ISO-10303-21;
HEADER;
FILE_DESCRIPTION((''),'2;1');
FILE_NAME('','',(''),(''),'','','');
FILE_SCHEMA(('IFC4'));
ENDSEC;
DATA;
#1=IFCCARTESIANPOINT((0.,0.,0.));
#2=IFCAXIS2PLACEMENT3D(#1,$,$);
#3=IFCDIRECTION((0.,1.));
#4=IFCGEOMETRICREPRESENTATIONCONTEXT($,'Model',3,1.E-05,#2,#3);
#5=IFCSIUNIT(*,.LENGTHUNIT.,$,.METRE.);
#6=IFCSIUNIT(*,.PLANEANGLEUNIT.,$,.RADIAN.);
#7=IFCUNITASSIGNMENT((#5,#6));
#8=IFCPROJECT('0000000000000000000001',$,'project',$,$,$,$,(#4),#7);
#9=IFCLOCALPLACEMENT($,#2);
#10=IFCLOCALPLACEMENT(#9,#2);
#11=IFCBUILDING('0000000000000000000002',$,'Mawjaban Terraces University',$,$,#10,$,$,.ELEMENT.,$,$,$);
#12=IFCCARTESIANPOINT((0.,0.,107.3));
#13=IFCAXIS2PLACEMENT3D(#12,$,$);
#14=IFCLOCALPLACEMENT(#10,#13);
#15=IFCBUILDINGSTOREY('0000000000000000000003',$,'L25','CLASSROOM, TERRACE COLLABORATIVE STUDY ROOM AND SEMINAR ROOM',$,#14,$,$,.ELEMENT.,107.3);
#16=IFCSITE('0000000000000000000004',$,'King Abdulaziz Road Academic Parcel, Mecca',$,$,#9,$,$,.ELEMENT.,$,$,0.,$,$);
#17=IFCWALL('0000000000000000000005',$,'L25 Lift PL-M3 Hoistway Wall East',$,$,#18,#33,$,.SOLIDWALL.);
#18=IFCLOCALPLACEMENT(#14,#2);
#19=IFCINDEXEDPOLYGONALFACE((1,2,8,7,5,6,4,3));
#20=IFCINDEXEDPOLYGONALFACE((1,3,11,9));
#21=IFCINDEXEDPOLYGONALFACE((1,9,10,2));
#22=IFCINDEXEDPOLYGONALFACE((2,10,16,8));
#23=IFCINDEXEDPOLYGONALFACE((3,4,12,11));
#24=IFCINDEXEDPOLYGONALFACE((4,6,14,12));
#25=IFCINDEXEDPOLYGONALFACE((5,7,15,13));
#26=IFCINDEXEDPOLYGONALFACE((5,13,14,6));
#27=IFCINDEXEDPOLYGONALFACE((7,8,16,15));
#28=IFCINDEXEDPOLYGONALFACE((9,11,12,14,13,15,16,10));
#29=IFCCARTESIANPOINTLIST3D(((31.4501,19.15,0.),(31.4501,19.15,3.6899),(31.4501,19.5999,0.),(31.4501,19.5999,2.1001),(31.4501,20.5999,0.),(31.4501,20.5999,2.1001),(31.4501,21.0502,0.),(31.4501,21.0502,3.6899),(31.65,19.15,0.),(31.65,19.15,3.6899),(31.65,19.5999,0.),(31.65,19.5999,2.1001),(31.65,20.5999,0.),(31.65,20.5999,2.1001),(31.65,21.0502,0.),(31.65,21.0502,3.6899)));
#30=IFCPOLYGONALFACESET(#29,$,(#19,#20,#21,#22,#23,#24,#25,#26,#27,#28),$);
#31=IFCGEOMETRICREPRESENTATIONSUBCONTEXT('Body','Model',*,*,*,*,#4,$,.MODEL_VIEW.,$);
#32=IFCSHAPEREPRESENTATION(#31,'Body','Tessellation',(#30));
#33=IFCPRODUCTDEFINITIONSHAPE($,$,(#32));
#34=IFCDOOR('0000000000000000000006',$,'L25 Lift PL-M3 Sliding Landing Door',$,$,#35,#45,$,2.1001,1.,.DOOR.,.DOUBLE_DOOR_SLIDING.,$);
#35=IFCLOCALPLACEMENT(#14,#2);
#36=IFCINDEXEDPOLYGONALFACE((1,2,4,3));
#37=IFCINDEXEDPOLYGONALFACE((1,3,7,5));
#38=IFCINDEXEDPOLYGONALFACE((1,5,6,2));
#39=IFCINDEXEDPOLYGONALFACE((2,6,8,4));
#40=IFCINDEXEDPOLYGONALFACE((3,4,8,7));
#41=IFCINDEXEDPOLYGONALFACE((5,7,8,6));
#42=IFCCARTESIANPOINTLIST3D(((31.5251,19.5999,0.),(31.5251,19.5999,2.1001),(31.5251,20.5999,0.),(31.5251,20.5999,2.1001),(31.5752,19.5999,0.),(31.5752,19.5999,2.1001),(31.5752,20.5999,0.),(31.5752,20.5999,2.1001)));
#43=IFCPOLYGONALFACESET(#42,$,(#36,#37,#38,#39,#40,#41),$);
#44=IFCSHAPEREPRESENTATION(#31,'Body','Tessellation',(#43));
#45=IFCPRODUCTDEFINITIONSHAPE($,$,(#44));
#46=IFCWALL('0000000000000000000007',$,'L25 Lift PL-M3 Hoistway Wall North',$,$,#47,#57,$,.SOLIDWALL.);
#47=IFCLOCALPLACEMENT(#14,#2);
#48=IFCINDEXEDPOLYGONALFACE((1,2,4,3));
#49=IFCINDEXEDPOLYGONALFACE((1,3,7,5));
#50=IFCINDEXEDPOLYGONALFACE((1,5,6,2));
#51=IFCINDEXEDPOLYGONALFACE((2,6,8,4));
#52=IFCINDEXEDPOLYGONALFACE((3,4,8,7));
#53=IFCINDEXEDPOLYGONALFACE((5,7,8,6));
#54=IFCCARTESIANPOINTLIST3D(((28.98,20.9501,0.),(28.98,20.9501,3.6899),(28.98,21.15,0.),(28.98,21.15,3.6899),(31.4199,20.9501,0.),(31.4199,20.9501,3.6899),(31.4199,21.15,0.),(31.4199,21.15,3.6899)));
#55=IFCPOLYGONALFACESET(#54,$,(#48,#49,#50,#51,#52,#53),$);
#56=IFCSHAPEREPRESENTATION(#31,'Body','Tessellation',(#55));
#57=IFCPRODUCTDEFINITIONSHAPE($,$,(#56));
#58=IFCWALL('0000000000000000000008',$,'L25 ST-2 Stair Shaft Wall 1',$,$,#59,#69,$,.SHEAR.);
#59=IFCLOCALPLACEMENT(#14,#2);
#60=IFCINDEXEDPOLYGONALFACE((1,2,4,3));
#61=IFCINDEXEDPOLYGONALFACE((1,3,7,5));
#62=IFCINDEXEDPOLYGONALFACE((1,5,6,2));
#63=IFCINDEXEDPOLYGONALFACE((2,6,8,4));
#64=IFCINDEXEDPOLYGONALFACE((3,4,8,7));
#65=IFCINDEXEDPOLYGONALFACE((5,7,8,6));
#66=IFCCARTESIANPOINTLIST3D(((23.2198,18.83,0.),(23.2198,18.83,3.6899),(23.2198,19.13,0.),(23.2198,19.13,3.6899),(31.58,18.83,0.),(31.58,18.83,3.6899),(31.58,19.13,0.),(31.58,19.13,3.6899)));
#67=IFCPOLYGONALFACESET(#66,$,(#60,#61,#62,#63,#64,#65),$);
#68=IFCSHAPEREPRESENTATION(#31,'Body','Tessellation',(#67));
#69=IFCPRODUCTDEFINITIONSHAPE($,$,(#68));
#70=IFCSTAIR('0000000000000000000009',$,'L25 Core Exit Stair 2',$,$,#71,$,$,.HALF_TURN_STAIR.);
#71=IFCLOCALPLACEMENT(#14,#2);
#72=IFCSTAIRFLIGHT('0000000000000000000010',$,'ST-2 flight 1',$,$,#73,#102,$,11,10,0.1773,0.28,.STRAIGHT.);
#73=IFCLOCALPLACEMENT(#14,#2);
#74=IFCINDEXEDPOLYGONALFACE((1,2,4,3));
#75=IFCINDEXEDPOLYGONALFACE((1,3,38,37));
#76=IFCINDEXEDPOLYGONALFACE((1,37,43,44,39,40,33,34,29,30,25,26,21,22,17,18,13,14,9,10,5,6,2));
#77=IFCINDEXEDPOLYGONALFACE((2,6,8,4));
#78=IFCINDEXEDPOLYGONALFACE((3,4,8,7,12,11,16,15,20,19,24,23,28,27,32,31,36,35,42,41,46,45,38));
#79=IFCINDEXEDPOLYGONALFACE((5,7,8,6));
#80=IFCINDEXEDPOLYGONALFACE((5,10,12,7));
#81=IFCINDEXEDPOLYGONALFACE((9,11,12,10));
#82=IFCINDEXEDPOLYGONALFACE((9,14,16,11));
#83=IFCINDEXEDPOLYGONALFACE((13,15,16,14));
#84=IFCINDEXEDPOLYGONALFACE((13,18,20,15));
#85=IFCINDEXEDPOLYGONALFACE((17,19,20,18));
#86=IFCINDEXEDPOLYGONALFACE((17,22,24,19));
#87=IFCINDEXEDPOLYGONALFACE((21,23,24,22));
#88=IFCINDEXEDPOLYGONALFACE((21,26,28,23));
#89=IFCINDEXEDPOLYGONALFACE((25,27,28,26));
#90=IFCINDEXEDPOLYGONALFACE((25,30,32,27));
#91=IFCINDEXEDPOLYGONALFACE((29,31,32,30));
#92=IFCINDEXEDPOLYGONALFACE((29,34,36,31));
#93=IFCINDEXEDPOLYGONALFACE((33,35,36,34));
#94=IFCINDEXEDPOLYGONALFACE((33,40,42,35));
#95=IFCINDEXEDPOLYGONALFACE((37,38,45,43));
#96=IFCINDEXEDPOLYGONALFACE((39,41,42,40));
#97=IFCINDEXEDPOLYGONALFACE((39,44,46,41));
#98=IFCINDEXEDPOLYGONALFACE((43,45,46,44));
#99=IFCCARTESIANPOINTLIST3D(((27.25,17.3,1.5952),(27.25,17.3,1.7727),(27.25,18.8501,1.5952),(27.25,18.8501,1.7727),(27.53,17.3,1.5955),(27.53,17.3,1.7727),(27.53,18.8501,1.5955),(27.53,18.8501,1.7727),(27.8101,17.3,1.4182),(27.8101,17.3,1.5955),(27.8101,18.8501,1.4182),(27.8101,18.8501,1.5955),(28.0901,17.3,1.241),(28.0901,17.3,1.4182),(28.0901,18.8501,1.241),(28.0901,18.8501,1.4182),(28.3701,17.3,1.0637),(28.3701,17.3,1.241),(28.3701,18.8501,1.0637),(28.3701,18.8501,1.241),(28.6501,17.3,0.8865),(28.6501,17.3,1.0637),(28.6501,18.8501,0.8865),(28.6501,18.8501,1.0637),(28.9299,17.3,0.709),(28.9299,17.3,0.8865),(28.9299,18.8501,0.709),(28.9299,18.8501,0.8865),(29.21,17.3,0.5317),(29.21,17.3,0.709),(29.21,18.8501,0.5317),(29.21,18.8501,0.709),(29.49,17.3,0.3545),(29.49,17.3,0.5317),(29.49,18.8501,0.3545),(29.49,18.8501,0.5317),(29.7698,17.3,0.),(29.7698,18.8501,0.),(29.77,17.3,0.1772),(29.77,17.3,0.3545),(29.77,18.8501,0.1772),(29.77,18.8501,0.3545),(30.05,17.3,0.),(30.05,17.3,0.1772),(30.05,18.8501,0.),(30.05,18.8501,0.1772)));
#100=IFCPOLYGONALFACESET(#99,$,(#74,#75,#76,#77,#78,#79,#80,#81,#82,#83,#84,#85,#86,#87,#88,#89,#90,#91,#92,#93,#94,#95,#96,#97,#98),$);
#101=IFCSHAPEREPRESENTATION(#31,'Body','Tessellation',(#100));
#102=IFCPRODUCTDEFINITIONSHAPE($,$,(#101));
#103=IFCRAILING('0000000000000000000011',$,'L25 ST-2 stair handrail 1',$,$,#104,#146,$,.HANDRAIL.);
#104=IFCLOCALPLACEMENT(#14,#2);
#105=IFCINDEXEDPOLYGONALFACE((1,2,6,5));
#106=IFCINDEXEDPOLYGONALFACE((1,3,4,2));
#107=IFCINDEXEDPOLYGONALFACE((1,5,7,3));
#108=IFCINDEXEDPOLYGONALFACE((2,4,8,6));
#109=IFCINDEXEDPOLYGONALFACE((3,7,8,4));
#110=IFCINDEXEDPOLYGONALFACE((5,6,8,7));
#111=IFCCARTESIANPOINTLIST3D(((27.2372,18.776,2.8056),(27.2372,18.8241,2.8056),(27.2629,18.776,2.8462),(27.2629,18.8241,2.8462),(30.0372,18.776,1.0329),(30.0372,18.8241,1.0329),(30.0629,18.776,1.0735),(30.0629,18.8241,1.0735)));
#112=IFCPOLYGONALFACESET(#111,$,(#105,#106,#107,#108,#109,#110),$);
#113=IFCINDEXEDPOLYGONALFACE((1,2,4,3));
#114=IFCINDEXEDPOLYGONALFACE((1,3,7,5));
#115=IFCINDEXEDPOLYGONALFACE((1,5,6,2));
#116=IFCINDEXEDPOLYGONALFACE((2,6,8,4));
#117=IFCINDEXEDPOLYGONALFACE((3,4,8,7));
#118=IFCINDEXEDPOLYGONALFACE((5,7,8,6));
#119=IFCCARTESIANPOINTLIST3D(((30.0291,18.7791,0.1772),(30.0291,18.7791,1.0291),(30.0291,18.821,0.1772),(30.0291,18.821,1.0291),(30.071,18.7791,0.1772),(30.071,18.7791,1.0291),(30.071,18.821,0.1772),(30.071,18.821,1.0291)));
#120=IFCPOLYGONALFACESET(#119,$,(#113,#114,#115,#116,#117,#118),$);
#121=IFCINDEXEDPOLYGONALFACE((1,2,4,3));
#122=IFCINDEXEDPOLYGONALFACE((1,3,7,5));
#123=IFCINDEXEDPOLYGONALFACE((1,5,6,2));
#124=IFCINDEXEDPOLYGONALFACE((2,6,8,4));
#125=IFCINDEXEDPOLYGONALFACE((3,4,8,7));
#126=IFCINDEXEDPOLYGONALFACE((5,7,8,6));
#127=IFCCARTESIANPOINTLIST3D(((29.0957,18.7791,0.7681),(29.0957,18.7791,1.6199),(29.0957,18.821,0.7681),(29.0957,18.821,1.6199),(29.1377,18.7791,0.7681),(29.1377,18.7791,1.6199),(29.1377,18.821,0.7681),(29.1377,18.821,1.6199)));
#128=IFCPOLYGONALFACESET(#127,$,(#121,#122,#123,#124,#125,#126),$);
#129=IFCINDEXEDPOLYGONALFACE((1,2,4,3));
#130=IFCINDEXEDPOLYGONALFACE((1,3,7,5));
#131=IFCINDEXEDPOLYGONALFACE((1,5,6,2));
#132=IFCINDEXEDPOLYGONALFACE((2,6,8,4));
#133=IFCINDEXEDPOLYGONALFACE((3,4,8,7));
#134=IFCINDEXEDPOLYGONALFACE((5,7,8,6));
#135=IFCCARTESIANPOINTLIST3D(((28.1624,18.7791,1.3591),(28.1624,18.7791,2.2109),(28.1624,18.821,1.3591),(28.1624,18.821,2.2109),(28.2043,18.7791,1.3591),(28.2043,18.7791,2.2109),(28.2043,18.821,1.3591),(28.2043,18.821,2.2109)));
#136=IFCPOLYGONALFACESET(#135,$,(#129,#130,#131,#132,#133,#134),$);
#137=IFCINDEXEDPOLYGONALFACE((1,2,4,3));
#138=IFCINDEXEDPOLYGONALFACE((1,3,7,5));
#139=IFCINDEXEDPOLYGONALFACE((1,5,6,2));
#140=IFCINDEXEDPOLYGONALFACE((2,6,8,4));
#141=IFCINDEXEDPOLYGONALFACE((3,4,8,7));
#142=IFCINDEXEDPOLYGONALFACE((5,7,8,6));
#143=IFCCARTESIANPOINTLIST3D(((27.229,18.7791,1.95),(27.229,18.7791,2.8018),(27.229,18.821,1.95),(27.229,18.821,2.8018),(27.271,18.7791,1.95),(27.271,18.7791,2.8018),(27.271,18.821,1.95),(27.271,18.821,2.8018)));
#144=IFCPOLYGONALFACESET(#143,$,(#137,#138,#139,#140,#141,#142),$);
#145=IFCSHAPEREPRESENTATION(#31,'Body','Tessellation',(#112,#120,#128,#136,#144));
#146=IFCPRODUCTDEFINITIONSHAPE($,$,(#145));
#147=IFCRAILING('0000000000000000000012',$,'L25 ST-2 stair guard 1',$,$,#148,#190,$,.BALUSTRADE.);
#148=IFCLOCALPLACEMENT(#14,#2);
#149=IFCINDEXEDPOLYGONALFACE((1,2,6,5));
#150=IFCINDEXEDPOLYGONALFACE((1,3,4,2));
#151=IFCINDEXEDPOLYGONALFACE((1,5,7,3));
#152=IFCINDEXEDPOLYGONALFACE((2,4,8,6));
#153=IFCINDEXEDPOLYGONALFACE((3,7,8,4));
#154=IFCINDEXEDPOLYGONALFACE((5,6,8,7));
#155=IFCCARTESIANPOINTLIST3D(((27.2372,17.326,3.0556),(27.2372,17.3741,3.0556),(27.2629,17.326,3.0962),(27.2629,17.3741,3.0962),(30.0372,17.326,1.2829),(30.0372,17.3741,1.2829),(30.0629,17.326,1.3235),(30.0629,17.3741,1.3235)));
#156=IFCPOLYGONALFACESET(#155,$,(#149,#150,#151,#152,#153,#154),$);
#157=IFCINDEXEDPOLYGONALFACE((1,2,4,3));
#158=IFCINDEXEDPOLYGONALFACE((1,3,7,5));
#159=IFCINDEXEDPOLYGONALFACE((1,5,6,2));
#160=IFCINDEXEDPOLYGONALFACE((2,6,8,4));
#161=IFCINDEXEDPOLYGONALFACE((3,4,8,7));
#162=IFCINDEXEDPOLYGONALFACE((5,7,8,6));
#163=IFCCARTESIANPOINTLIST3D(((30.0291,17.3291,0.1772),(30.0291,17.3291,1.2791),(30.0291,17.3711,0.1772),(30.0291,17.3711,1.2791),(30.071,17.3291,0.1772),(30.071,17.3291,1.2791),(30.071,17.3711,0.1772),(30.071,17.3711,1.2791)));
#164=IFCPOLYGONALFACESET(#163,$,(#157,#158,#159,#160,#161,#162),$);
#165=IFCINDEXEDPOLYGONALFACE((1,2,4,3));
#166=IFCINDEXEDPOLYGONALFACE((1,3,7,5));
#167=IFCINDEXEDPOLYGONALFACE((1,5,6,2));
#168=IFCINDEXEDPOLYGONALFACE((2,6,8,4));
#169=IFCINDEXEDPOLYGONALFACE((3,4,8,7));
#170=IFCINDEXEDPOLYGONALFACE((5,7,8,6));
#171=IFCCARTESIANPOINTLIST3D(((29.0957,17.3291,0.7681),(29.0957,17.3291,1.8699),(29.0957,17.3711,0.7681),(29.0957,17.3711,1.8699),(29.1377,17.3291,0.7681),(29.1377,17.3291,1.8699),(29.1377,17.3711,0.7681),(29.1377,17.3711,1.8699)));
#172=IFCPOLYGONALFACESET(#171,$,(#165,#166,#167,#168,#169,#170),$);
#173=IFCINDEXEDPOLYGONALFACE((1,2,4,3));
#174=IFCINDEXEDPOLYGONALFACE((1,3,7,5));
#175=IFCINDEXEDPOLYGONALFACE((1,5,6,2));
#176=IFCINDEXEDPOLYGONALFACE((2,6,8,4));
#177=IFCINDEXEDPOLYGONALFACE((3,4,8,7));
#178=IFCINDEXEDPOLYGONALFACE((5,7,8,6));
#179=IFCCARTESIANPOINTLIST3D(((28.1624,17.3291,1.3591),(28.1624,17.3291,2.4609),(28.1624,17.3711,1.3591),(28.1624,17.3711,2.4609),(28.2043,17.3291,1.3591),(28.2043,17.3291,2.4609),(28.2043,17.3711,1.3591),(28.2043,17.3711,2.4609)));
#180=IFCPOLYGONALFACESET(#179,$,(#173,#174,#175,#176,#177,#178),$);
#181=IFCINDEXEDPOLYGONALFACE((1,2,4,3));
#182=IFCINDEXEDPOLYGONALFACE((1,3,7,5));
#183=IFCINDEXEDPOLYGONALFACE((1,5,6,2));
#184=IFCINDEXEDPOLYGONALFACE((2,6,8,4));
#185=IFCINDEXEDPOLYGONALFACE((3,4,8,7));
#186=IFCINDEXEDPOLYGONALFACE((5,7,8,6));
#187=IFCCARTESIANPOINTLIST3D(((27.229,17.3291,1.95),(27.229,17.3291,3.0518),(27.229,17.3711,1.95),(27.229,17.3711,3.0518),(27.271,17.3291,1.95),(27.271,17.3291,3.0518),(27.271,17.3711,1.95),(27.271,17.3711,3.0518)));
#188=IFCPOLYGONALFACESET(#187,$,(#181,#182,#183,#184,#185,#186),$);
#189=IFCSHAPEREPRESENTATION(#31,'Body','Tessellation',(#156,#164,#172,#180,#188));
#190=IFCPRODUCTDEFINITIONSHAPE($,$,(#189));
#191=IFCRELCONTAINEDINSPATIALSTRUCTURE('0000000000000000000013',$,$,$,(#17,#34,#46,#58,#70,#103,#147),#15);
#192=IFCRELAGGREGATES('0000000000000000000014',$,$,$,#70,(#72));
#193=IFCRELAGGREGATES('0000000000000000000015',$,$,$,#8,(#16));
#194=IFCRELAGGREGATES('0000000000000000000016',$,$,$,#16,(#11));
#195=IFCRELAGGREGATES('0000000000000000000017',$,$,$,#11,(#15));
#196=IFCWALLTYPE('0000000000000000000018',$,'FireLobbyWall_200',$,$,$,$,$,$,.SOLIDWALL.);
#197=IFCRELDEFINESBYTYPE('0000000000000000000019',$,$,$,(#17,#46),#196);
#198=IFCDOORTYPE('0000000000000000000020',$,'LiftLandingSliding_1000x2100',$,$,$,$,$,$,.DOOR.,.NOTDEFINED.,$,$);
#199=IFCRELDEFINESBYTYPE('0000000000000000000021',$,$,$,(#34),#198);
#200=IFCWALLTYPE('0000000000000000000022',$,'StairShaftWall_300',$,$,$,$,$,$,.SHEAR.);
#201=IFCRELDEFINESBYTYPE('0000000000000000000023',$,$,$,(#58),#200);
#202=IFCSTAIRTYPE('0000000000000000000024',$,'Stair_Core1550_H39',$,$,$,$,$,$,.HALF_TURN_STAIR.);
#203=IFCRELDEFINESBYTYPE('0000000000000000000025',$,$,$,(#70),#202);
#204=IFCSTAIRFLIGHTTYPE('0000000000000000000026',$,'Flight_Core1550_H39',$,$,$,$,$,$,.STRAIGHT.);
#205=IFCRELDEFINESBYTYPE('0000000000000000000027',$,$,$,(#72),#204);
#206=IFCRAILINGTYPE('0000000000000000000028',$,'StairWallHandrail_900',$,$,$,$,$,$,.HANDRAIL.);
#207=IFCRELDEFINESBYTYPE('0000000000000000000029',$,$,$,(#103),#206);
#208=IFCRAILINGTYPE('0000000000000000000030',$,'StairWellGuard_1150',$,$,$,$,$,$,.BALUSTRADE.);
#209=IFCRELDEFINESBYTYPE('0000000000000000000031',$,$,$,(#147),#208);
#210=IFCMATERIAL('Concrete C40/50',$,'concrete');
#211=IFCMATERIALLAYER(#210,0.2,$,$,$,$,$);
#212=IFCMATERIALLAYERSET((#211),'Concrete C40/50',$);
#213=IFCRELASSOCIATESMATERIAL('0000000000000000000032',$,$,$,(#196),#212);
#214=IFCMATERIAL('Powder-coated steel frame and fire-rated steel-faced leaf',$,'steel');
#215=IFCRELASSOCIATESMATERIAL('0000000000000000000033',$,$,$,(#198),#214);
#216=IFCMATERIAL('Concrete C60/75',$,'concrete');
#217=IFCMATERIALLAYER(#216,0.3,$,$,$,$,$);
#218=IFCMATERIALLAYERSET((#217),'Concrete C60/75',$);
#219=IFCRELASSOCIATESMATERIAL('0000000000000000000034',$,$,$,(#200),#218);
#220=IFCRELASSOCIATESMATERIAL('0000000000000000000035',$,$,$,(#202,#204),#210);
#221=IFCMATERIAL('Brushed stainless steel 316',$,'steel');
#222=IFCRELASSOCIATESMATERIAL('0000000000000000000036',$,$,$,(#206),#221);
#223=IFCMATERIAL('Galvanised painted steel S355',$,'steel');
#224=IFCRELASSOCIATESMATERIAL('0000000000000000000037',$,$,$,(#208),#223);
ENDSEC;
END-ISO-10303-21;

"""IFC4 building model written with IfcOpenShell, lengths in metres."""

from ifc_helpers import new_model, si_unit, direction, frame, frame_2d, origin, origin_2d, place, context, subcontext, project, spatial, polyline, rectangle, outline, extrude, material, layer, layer_set, type_object, element, fill, aggregate, save


model = new_model("IFC4")

# Units and contexts
model_context = context("Model", 3, precision=1e-05, world=origin(), true_north=direction((0.0, 1.0)))
body_context = subcontext(model_context, "Body", "Model", "MODEL_VIEW")
ifc_project = project(units=[si_unit("LENGTHUNIT", "METRE"), si_unit("PLANEANGLEUNIT", "RADIAN")], contexts=[model_context])

# Site, building, storey
site_placement = place(None, origin())
site = spatial("IfcSite", under=ifc_project, at=site_placement, Name="King Abdulaziz Road Academic Parcel, Mecca", CompositionType="ELEMENT", RefElevation=0.0)
building_placement = place(site_placement, origin())
building = spatial("IfcBuilding", under=site, at=building_placement, Name="Mawjaban Terraces University", CompositionType="ELEMENT")
storey_placement = place(building_placement, frame((0.0, 0.0, 107.3)))
storey = spatial("IfcBuildingStorey", under=building, at=storey_placement, Name="L25", Description="CLASSROOM, TERRACE COLLABORATIVE STUDY ROOM AND SEMINAR ROOM", CompositionType="ELEMENT", Elevation=107.3)

# Shared definitions
ifc_material_1 = material(Name="Concrete C40/50", Category="concrete")
ifc_layer_1 = layer(ifc_material_1, 0.2)
ifc_layer_set_1 = layer_set([ifc_layer_1], Name="Concrete C40/50")
wall_type_1 = type_object("IfcWallType", Name="FireLobbyWall_200", PredefinedType="SOLIDWALL", material=ifc_layer_set_1)

# Wall, opening, door
ifc_material_2 = material(Name="Powder-coated steel frame and fire-rated steel-faced leaf", Category="steel")
door_type_1 = type_object("IfcDoorType", Name="LiftLandingSliding_1000x2100", OperationType="NOTDEFINED", PredefinedType="DOOR", material=ifc_material_2)
wall_1_placement = place(storey_placement, frame((31.55, 19.1499, 0.0), z_axis=(0.0, 0.0, 1.0), x_axis=(0.0, 1.0, 0.0)))
wall_1 = element("IfcWall", 1, at=wall_1_placement, inside=storey, type_object=wall_type_1, Name="L25 Lift PL-M3 Hoistway Wall East", PredefinedType="SOLIDWALL", context=body_context, shape_type="SweptSolid", body=[
    extrude(rectangle(XDim=1.9001, YDim=0.2, at=frame_2d((0.9502, 0.0))), origin(), (0.0, 0.0, 1.0), 3.6899),
])
opening_1_placement = place(wall_1_placement, frame((0.45, 0.0, 0.0)))
opening_1 = element("IfcOpeningElement", 2, at=opening_1_placement, cuts=wall_1, PredefinedType="OPENING", context=body_context, shape_type="SweptSolid", body=[
    extrude(rectangle(XDim=1.0, YDim=2.1001, at=frame_2d((0.5, 1.05))), frame((0.0, 0.1099, 0.0), z_axis=(0.0, -1.0, 0.0), x_axis=(1.0, 0.0, 0.0)), (0.0, 0.0, 1.0), 0.22),
])
door_1_placement = place(opening_1_placement, origin())
door_1 = element("IfcDoor", 3, at=door_1_placement, inside=storey, type_object=door_type_1, Name="L25 Lift PL-M3 Sliding Landing Door", OperationType="DOUBLE_DOOR_SLIDING", OverallHeight=2.1001, OverallWidth=1.0, PredefinedType="DOOR", context=body_context, shape_type="SweptSolid", body=[
    extrude(rectangle(XDim=1.0, YDim=2.1001, at=frame_2d((0.5, 1.05))), frame((0.0, 0.0249, 0.0), z_axis=(0.0, -1.0, 0.0), x_axis=(1.0, 0.0, 0.0)), (0.0, 0.0, 1.0), 0.05),
])
fill(opening_1, door_1)

# Walls
wall_2_placement = place(storey_placement, frame((31.4199, 21.05, 0.0), z_axis=(0.0, 0.0, 1.0), x_axis=(-1.0, 0.0, 0.0)))
element("IfcWall", 4, at=wall_2_placement, inside=storey, type_object=wall_type_1, Name="L25 Lift PL-M3 Hoistway Wall North", PredefinedType="SOLIDWALL", context=body_context, shape_type="SweptSolid", body=[
    extrude(rectangle(XDim=2.4399, YDim=0.2, at=frame_2d((1.22, 0.0))), origin(), (0.0, 0.0, 1.0), 3.6899),
])
ifc_material_3 = material(Name="Concrete C60/75", Category="concrete")
ifc_layer_2 = layer(ifc_material_3, 0.3)
ifc_layer_set_2 = layer_set([ifc_layer_2], Name="Concrete C60/75")
wall_type_2 = type_object("IfcWallType", Name="StairShaftWall_300", PredefinedType="SHEAR", material=ifc_layer_set_2)
wall_3_placement = place(storey_placement, frame((31.5801, 18.98, 0.0), z_axis=(0.0, 0.0, 1.0), x_axis=(-1.0, 0.0, 0.0)))
element("IfcWall", 5, at=wall_3_placement, inside=storey, type_object=wall_type_2, Name="L25 ST-2 Stair Shaft Wall 1", PredefinedType="SHEAR", context=body_context, shape_type="SweptSolid", body=[
    extrude(rectangle(XDim=8.3601, YDim=0.3, at=frame_2d((4.1802, 0.0))), origin(), (0.0, 0.0, 1.0), 3.6899),
])

# Stair, stair flight
stair_type = type_object("IfcStairType", Name="Stair_Core1550_H39", PredefinedType="HALF_TURN_STAIR", material=ifc_material_1)
stair_placement = place(storey_placement, origin())
stair = element("IfcStair", 6, at=stair_placement, inside=storey, type_object=stair_type, Name="L25 Core Exit Stair 2", PredefinedType="HALF_TURN_STAIR")
stair_flight_type = type_object("IfcStairFlightType", Name="Flight_Core1550_H39", PredefinedType="STRAIGHT", material=ifc_material_1)
stair_flight_placement = place(storey_placement, frame((30.05, 18.075, 0.0), z_axis=(0.0, 0.0, 1.0), x_axis=(-1.0, 0.0, 0.0)))
stair_flight = element("IfcStairFlight", 7, at=stair_flight_placement, type_object=stair_flight_type, Name="ST-2 flight 1", NumberOfRisers=11, NumberOfTreads=10, PredefinedType="STRAIGHT", RiserHeight=0.1773, TreadLength=0.28, context=body_context, shape_type="SweptSolid", body=[
    extrude(outline(polyline([(0.0, 0.0), (0.0, 0.1772), (0.28, 0.1772), (0.28, 0.3545), (0.5601, 0.3545), (0.5601, 0.5317), (0.8401, 0.5317), (0.8401, 0.709), (1.1201, 0.709), (1.1201, 0.8865), (1.3999, 0.8865), (1.3999, 1.0637), (1.6799, 1.0637), (1.6799, 1.241), (1.96, 1.241), (1.96, 1.4182), (2.24, 1.4182), (2.24, 1.5955), (2.52, 1.5955), (2.52, 1.7727), (2.8, 1.7727), (2.8, 1.95), (2.8, 1.5952), (0.2803, 0.0), (0.0, 0.0)])), frame((0.0, 0.7749, 0.0), z_axis=(0.0, -1.0, 0.0), x_axis=(1.0, 0.0, 0.0)), (0.0, 0.0, 1.0), 1.55),
])
aggregate(stair, [stair_flight])

# Railings
ifc_material_4 = material(Name="Brushed stainless steel 316", Category="steel")
railing_type_1 = type_object("IfcRailingType", Name="StairWallHandrail_900", PredefinedType="HANDRAIL", material=ifc_material_4)
railing_1_placement = place(storey_placement, frame((30.05, 18.8, 0.1772)))
element("IfcRailing", 8, at=railing_1_placement, inside=storey, type_object=railing_type_1, Name="L25 ST-2 stair handrail 1", PredefinedType="HANDRAIL", context=body_context, shape_type="SweptSolid", body=[
    extrude(rectangle(XDim=0.0481, YDim=0.0481, at=origin_2d()), frame((0.0, 0.0, 0.876), z_axis=(-0.844909, 0.0, 0.53491), x_axis=(0.0, -1.0, 0.0)), (0.0, 0.0, 1.0), 3.314),
    extrude(rectangle(XDim=0.042, YDim=0.042, at=origin_2d()), origin(), (0.0, 0.0, 1.0), 0.8518),
    extrude(rectangle(XDim=0.042, YDim=0.042, at=origin_2d()), frame((-0.9333, 0.0, 0.5908)), (0.0, 0.0, 1.0), 0.8518),
    extrude(rectangle(XDim=0.042, YDim=0.042, at=origin_2d()), frame((-1.8667, 0.0, 1.1819)), (0.0, 0.0, 1.0), 0.8518),
    extrude(rectangle(XDim=0.042, YDim=0.042, at=origin_2d()), frame((-2.8, 0.0, 1.7727)), (0.0, 0.0, 1.0), 0.8518),
])
ifc_material_5 = material(Name="Galvanised painted steel S355", Category="steel")
railing_type_2 = type_object("IfcRailingType", Name="StairWellGuard_1150", PredefinedType="BALUSTRADE", material=ifc_material_5)
railing_2_placement = place(storey_placement, frame((30.05, 17.3501, 0.1772)))
element("IfcRailing", 9, at=railing_2_placement, inside=storey, type_object=railing_type_2, Name="L25 ST-2 stair guard 1", PredefinedType="BALUSTRADE", context=body_context, shape_type="SweptSolid", body=[
    extrude(rectangle(XDim=0.0481, YDim=0.0481, at=origin_2d()), frame((0.0, 0.0, 1.126), z_axis=(-0.844909, 0.0, 0.53491), x_axis=(0.0, -1.0, 0.0)), (0.0, 0.0, 1.0), 3.314),
    extrude(rectangle(XDim=0.042, YDim=0.042, at=origin_2d()), origin(), (0.0, 0.0, 1.0), 1.1018),
    extrude(rectangle(XDim=0.042, YDim=0.042, at=origin_2d()), frame((-0.9333, 0.0, 0.5908)), (0.0, 0.0, 1.0), 1.1018),
    extrude(rectangle(XDim=0.042, YDim=0.042, at=origin_2d()), frame((-1.8667, 0.0, 1.1819)), (0.0, 0.0, 1.0), 1.1018),
    extrude(rectangle(XDim=0.042, YDim=0.042, at=origin_2d()), frame((-2.8, 0.0, 1.7727)), (0.0, 0.0, 1.0), 1.1018),
])

save(model, "model.ifc")
